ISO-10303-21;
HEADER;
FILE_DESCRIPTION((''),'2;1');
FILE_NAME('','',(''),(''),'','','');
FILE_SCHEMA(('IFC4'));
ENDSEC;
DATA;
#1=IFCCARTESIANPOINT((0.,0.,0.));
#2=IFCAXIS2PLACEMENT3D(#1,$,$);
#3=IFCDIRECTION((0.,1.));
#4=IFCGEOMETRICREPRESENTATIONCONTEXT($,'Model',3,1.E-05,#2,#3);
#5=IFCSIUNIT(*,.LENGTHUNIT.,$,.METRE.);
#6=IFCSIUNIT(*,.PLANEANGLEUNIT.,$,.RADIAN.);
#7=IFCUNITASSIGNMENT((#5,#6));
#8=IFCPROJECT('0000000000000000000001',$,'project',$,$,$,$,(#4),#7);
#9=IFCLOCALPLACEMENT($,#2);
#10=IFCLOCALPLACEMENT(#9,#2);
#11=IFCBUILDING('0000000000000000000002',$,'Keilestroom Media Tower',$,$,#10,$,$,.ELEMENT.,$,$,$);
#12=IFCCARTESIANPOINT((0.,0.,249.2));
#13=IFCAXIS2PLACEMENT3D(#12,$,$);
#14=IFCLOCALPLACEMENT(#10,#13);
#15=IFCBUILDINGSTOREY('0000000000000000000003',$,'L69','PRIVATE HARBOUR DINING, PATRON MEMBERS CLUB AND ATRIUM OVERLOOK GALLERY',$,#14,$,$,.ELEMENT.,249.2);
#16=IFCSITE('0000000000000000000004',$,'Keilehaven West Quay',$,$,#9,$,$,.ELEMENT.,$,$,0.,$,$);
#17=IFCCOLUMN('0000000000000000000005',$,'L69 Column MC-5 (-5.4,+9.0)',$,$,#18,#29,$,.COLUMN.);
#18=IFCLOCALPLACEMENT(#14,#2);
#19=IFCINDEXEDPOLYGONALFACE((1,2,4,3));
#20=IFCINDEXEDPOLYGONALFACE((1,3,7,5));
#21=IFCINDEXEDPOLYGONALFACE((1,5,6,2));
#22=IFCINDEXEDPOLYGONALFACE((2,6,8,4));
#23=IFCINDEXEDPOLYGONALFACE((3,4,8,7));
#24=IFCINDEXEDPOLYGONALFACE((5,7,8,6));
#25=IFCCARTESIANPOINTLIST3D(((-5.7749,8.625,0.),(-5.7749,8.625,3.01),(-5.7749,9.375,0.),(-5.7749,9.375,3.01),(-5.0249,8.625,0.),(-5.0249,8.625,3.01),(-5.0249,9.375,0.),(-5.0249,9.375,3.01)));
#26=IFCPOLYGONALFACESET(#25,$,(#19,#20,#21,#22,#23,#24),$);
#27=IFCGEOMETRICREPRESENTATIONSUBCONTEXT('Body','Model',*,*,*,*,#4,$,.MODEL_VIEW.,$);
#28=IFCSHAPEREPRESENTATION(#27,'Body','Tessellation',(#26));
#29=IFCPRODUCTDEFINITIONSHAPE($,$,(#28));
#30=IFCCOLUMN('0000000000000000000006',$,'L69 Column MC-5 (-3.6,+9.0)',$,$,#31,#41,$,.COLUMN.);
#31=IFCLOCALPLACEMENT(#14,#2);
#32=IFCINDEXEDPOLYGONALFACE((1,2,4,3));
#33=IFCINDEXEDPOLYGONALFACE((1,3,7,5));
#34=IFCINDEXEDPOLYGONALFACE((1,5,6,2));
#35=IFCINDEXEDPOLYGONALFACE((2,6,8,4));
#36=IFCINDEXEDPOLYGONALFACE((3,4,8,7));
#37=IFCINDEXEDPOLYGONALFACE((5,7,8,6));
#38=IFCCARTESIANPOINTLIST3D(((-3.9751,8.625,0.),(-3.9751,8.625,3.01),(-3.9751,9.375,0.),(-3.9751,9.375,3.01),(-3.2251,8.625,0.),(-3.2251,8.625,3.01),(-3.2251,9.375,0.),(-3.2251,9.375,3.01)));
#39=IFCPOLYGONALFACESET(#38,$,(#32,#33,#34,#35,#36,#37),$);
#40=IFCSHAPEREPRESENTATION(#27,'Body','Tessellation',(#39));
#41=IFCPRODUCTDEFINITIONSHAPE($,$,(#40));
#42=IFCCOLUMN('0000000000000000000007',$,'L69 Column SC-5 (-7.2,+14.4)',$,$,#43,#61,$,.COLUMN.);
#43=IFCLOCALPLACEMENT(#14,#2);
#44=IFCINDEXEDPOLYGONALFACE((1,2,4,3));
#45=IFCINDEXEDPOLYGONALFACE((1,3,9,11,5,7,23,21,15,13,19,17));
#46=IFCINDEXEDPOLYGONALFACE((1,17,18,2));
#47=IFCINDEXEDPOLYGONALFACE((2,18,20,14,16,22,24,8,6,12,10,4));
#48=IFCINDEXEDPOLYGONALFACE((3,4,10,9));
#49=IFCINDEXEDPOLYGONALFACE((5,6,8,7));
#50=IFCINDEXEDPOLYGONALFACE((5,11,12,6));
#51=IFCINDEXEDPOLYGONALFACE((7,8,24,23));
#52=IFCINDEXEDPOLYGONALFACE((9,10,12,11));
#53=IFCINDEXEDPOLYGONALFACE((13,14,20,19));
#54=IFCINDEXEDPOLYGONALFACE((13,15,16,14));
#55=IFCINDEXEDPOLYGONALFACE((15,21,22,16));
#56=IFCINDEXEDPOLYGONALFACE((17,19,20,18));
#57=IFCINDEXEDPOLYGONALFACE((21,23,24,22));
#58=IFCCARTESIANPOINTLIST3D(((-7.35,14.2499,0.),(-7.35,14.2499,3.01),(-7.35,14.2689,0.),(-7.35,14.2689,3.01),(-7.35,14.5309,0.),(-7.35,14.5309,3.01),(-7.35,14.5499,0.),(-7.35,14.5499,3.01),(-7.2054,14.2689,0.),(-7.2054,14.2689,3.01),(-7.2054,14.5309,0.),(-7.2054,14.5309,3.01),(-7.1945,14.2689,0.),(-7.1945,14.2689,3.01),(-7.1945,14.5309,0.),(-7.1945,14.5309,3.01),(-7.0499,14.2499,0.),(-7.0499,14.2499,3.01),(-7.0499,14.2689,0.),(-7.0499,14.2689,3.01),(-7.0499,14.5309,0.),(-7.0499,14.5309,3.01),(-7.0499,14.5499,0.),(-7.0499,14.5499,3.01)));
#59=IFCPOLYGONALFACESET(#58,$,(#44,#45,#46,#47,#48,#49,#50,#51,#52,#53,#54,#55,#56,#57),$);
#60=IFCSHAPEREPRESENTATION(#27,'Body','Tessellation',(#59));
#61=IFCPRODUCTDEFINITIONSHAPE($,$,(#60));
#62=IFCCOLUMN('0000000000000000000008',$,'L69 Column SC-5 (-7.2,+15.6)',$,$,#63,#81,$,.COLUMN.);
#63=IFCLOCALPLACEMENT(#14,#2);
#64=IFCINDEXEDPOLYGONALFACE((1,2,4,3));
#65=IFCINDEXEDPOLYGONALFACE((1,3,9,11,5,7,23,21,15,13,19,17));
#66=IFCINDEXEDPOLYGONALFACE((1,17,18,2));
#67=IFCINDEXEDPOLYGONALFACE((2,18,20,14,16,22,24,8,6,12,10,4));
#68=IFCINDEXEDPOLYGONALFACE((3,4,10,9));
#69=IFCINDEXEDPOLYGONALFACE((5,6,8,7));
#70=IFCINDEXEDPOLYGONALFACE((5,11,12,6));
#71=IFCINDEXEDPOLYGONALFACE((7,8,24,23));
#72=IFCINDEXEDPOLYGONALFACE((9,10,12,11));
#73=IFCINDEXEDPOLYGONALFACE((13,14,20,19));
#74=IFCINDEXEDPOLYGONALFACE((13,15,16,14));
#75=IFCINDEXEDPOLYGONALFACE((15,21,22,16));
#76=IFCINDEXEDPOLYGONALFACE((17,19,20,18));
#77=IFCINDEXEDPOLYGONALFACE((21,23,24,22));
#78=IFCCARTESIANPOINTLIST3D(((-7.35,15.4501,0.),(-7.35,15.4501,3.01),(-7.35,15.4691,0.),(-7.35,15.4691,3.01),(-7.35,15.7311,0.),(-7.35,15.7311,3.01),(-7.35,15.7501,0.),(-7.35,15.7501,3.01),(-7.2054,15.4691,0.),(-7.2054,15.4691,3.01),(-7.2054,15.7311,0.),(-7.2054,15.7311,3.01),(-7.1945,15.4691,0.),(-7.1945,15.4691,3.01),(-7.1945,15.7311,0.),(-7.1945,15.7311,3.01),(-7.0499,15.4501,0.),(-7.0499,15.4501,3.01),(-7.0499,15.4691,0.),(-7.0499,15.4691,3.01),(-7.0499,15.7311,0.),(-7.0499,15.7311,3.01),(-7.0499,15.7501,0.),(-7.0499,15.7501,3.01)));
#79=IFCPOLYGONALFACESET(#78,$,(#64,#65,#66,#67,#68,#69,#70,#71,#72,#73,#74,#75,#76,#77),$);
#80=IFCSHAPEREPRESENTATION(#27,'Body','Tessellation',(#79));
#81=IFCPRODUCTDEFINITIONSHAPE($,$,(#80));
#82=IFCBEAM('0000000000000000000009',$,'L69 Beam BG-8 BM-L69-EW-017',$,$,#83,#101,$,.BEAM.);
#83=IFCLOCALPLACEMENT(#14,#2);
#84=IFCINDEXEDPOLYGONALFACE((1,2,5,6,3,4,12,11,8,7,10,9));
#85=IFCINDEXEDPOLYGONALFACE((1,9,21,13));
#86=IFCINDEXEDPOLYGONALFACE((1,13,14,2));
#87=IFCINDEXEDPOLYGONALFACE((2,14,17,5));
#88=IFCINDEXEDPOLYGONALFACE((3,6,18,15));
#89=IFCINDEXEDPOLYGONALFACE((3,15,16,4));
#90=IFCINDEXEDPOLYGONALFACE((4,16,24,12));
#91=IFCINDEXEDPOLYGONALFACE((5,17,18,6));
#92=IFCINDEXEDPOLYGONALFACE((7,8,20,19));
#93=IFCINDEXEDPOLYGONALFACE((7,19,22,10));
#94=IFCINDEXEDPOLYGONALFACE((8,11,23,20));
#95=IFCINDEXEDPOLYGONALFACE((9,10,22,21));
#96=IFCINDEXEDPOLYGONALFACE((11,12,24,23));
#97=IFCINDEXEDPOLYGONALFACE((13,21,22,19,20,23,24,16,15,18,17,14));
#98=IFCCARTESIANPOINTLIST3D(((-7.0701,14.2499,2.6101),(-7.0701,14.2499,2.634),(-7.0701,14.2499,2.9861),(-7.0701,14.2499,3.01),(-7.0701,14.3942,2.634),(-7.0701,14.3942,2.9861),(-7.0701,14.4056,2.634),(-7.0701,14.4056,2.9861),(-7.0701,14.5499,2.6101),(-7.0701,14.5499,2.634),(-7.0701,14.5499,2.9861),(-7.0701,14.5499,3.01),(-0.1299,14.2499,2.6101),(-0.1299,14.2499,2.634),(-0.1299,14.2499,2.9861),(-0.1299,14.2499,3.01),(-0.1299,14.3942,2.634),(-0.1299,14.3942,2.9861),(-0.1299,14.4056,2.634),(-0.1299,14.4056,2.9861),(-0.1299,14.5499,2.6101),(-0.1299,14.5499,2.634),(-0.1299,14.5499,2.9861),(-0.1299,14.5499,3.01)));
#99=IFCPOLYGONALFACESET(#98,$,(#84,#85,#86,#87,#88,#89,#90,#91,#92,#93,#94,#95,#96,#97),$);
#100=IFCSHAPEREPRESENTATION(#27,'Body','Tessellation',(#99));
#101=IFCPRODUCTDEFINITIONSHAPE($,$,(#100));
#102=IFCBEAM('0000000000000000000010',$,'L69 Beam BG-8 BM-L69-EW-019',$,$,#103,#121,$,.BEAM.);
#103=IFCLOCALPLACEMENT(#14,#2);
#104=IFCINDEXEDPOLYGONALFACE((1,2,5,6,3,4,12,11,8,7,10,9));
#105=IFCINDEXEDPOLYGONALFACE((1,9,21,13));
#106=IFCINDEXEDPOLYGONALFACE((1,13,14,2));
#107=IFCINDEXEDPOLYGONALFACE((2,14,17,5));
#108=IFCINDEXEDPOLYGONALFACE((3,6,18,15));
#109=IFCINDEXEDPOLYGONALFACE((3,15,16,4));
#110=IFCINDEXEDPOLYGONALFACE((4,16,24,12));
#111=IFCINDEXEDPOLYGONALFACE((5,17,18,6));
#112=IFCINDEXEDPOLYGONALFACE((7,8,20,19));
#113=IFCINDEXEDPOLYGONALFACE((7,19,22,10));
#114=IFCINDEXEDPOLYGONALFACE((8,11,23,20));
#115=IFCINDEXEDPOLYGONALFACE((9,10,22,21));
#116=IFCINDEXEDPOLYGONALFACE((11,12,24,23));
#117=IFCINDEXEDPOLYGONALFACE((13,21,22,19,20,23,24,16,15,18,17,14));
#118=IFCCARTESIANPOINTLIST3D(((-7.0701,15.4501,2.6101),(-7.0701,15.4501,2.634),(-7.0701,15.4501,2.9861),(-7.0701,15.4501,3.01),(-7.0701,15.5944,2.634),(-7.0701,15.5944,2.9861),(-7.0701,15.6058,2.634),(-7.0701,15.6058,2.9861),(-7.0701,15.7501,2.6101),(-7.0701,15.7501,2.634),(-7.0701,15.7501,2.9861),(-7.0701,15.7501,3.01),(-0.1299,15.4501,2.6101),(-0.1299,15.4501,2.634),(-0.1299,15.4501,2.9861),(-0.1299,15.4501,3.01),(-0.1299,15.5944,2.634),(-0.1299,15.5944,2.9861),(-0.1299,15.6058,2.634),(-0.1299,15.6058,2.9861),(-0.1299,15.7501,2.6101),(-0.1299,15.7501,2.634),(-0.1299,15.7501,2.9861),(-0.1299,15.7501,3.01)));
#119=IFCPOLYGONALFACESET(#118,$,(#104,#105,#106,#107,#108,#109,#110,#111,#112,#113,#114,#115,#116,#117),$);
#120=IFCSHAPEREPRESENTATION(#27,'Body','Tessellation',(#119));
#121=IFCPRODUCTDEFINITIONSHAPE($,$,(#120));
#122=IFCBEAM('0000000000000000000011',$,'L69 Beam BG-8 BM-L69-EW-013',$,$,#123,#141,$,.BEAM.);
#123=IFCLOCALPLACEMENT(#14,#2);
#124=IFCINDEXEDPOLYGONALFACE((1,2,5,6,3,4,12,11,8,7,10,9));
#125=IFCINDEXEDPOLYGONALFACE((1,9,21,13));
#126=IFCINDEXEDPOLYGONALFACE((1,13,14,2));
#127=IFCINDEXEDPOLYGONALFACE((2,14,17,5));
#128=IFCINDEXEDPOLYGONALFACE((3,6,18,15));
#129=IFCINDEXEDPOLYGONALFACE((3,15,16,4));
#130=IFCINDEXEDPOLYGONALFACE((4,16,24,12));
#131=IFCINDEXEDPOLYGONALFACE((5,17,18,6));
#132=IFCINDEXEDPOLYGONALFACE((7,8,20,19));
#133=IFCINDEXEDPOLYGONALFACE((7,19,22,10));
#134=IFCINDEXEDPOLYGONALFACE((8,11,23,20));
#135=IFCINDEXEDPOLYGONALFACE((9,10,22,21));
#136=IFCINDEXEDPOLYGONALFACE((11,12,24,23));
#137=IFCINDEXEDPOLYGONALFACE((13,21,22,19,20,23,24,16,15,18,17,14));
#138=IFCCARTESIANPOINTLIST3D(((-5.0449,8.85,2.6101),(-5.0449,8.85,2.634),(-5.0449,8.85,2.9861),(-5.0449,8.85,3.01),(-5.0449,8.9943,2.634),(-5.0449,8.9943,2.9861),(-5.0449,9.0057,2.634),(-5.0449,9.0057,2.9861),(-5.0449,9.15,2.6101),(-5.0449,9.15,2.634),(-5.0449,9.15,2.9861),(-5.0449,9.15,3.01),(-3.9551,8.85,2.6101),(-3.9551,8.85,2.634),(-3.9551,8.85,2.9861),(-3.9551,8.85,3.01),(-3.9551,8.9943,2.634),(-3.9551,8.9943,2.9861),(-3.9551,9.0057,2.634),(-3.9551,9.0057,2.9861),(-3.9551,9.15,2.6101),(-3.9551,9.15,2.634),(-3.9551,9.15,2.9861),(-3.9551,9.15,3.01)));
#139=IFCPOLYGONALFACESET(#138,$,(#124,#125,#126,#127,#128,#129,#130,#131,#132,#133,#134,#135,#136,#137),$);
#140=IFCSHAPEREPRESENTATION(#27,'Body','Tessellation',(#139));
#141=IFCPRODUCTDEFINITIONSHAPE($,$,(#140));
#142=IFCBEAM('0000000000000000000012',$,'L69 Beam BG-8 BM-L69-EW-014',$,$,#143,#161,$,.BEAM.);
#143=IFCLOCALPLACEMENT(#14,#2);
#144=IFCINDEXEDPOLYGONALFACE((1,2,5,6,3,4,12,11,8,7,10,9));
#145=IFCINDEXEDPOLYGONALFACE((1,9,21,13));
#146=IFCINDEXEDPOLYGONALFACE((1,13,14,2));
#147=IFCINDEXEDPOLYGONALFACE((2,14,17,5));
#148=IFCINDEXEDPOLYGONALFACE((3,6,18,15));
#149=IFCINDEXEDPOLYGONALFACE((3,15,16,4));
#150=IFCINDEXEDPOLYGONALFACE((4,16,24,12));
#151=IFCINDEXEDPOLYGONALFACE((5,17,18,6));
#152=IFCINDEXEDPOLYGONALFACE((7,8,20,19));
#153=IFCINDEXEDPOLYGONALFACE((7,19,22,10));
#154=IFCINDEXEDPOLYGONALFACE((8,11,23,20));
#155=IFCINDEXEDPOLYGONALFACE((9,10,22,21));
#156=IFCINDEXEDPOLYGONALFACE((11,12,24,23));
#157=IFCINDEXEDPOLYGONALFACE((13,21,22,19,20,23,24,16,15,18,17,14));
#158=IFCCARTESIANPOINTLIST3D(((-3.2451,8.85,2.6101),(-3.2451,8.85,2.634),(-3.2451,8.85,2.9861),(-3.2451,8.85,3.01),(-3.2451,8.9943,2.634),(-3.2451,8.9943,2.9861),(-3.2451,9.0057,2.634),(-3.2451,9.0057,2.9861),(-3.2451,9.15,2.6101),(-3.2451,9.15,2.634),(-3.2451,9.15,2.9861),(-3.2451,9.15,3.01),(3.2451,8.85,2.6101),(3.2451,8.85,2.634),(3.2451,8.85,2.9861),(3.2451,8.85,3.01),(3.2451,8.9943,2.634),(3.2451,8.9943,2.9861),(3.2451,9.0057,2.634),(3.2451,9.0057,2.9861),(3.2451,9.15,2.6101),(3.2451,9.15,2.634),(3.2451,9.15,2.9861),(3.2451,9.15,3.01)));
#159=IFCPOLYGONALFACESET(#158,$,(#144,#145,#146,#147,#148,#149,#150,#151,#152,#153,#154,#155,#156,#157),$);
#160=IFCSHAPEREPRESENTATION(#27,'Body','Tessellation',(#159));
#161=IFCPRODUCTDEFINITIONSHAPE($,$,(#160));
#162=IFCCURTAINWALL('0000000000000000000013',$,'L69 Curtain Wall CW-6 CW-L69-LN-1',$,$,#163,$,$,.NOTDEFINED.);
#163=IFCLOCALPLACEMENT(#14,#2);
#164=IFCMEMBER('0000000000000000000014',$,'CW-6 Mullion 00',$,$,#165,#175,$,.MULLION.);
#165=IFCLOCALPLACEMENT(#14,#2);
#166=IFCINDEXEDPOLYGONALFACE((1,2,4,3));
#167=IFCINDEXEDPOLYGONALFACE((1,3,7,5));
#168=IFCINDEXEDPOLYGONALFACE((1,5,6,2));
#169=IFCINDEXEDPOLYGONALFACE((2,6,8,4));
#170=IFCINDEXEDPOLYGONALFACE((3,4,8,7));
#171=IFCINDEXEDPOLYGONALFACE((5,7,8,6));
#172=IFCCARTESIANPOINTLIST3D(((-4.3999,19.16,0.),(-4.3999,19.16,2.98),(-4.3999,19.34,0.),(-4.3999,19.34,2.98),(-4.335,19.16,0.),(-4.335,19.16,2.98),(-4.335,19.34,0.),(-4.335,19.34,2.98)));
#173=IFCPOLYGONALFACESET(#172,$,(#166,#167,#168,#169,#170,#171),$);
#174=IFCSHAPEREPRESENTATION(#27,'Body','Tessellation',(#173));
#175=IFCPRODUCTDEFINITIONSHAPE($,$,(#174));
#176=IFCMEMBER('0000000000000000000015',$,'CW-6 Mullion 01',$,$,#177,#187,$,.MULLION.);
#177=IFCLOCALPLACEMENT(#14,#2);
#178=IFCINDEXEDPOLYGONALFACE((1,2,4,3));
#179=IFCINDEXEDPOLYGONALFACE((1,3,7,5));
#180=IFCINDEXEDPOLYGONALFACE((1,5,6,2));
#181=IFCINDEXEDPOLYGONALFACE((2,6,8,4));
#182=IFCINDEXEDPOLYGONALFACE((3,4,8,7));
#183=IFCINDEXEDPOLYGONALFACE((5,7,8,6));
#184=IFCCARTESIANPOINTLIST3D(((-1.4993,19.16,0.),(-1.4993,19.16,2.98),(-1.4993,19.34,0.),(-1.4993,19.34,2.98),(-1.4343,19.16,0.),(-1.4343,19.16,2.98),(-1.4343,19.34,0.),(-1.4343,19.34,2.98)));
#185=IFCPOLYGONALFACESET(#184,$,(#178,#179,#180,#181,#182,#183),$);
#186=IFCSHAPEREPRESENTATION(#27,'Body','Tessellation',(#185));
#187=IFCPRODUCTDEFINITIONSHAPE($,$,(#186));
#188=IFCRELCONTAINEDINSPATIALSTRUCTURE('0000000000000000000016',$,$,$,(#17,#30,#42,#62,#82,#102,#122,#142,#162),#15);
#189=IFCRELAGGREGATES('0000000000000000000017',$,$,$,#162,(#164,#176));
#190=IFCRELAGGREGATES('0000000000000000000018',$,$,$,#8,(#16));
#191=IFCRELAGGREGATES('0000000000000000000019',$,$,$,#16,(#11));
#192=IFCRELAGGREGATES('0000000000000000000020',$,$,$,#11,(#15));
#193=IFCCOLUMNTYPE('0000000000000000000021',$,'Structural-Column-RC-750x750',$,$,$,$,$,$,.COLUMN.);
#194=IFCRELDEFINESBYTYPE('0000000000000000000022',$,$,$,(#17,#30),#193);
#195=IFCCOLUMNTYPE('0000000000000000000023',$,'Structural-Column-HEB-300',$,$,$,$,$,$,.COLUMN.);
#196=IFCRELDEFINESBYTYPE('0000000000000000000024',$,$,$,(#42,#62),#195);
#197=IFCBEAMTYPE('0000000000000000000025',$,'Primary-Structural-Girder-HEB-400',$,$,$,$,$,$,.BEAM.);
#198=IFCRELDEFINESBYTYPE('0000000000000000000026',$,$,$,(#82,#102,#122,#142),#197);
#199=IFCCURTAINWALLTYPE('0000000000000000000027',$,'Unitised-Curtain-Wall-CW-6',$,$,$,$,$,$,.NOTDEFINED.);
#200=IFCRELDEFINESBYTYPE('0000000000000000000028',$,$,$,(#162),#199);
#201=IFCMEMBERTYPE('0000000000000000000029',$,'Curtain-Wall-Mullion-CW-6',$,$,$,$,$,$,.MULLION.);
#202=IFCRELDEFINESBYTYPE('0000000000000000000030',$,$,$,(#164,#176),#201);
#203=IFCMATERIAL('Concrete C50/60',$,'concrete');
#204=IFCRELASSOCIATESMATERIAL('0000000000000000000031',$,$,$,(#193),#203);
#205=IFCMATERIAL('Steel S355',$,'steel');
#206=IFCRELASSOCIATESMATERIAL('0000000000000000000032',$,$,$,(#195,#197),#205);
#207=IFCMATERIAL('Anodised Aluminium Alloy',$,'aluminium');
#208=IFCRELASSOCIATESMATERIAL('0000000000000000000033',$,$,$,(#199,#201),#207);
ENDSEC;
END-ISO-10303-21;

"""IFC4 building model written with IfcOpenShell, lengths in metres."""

from ifc_helpers import new_model, si_unit, direction, frame, origin, origin_2d, place, context, subcontext, project, spatial, rectangle, i_section, extrude, source, transform, mapped, material, material_profile, profile_set, type_object, element, aggregate, save


model = new_model("IFC4")

# Units and contexts
model_context = context("Model", 3, precision=1e-05, world=origin(), true_north=direction((0.0, 1.0)))
body_context = subcontext(model_context, "Body", "Model", "MODEL_VIEW")
ifc_project = project(units=[si_unit("LENGTHUNIT", "METRE"), si_unit("PLANEANGLEUNIT", "RADIAN")], contexts=[model_context])

# Site, building, storey
site_placement = place(None, origin())
site = spatial("IfcSite", under=ifc_project, at=site_placement, Name="Keilehaven West Quay", CompositionType="ELEMENT", RefElevation=0.0)
building_placement = place(site_placement, origin())
building = spatial("IfcBuilding", under=site, at=building_placement, Name="Keilestroom Media Tower", CompositionType="ELEMENT")
storey_placement = place(building_placement, frame((0.0, 0.0, 249.2)))
storey = spatial("IfcBuildingStorey", under=building, at=storey_placement, Name="L69", Description="PRIVATE HARBOUR DINING, PATRON MEMBERS CLUB AND ATRIUM OVERLOOK GALLERY", CompositionType="ELEMENT", Elevation=249.2)

# Columns
ifc_material_1 = material(Name="Concrete C50/60", Category="concrete")
ifc_material_profile_1 = material_profile(ifc_material_1, rectangle(XDim=0.75, YDim=0.75, at=origin_2d()), Name="RC 750x750")
ifc_profile_set_1 = profile_set([ifc_material_profile_1], Name="Concrete C50/60")
column_type_1 = type_object("IfcColumnType", Name="Structural-Column-RC-750x750", PredefinedType="COLUMN", material=ifc_profile_set_1)
shared_shape_1 = source(origin(), body_context, "Body", "SweptSolid", [
    extrude(rectangle(XDim=0.75, YDim=0.75, at=origin_2d()), origin(), (0.0, 0.0, 1.0), 3.01),
])
for number, where, z_axis, x_axis, name in (
    (1, (-5.3999, 9.0, 0.0), (0.0, 0.0, 1.0), (1.0, 0.0, 0.0), "L69 Column MC-5 (-5.4,+9.0)"),
    (2, (-3.6001, 9.0, 0.0), (0.0, 0.0, 1.0), (1.0, 0.0, 0.0), "L69 Column MC-5 (-3.6,+9.0)"),
):
    element("IfcColumn", number, at=place(storey_placement, frame(where, z_axis=z_axis, x_axis=x_axis)), inside=storey, type_object=column_type_1, Name=name, PredefinedType="COLUMN", context=body_context, shape_type="MappedRepresentation", body=[
        mapped(shared_shape_1, transform((0.0, 0.0, 0.0), x_axis=(1.0, 0.0, 0.0), y_axis=(0.0, 1.0, 0.0), z_axis=(0.0, 0.0, 1.0), scale=1.0)),
    ])
ifc_material_2 = material(Name="Steel S355", Category="steel")
ifc_material_profile_2 = material_profile(ifc_material_2, i_section(OverallWidth=0.3, OverallDepth=0.3, WebThickness=0.011, FlangeThickness=0.019, at=origin_2d()), Name="HEB 300")
ifc_profile_set_2 = profile_set([ifc_material_profile_2], Name="Steel S355")
column_type_2 = type_object("IfcColumnType", Name="Structural-Column-HEB-300", PredefinedType="COLUMN", material=ifc_profile_set_2)
shared_shape_2 = source(origin(), body_context, "Body", "SweptSolid", [
    extrude(i_section(OverallWidth=0.3, OverallDepth=0.3, WebThickness=0.011, FlangeThickness=0.019, at=origin_2d()), origin(), (0.0, 0.0, 1.0), 3.01),
])
for number, where, z_axis, x_axis, name in (
    (3, (-7.2, 14.3999, 0.0), (0.0, 0.0, 1.0), (1.0, 0.0, 0.0), "L69 Column SC-5 (-7.2,+14.4)"),
    (4, (-7.2, 15.6001, 0.0), (0.0, 0.0, 1.0), (1.0, 0.0, 0.0), "L69 Column SC-5 (-7.2,+15.6)"),
):
    element("IfcColumn", number, at=place(storey_placement, frame(where, z_axis=z_axis, x_axis=x_axis)), inside=storey, type_object=column_type_2, Name=name, PredefinedType="COLUMN", context=body_context, shape_type="MappedRepresentation", body=[
        mapped(shared_shape_2, transform((0.0, 0.0, 0.0), x_axis=(1.0, 0.0, 0.0), y_axis=(0.0, 1.0, 0.0), z_axis=(0.0, 0.0, 1.0), scale=1.0)),
    ])

# Beams
ifc_material_profile_3 = material_profile(ifc_material_2, i_section(OverallWidth=0.3, OverallDepth=0.3999, WebThickness=0.0115, FlangeThickness=0.0239, at=origin_2d()), Name="HEB 400")
ifc_profile_set_3 = profile_set([ifc_material_profile_3], Name="Steel S355")
beam_type = type_object("IfcBeamType", Name="Primary-Structural-Girder-HEB-400", PredefinedType="BEAM", material=ifc_profile_set_3)
shared_shape_3 = source(origin(), body_context, "Body", "SweptSolid", [
    extrude(i_section(OverallWidth=0.3, OverallDepth=0.3999, WebThickness=0.0115, FlangeThickness=0.0239, at=origin_2d()), origin(), (0.0, 0.0, 1.0), 6.9402),
])
for number, where, z_axis, x_axis, name in (
    (5, (-7.0701, 14.3999, 2.8101), (1.0, 0.0, 0.0), (0.0, 1.0, 0.0), "L69 Beam BG-8 BM-L69-EW-017"),
    (6, (-7.0701, 15.6001, 2.8101), (1.0, 0.0, 0.0), (0.0, 1.0, 0.0), "L69 Beam BG-8 BM-L69-EW-019"),
):
    element("IfcBeam", number, at=place(storey_placement, frame(where, z_axis=z_axis, x_axis=x_axis)), inside=storey, type_object=beam_type, Name=name, PredefinedType="BEAM", context=body_context, shape_type="MappedRepresentation", body=[
        mapped(shared_shape_3, transform((0.0, 0.0, 0.0), x_axis=(1.0, 0.0, 0.0), y_axis=(0.0, 1.0, 0.0), z_axis=(0.0, 0.0, 1.0), scale=1.0)),
    ])
shared_shape_4 = source(origin(), body_context, "Body", "SweptSolid", [
    extrude(i_section(OverallWidth=0.3, OverallDepth=0.3999, WebThickness=0.0115, FlangeThickness=0.0239, at=origin_2d()), origin(), (0.0, 0.0, 1.0), 1.0898),
])
beam_1_placement = place(storey_placement, frame((-5.0449, 9.0, 2.8101), z_axis=(1.0, 0.0, 0.0), x_axis=(0.0, 1.0, 0.0)))
element("IfcBeam", 7, at=beam_1_placement, inside=storey, type_object=beam_type, Name="L69 Beam BG-8 BM-L69-EW-013", PredefinedType="BEAM", context=body_context, shape_type="MappedRepresentation", body=[
    mapped(shared_shape_4, transform((0.0, 0.0, 0.0), x_axis=(1.0, 0.0, 0.0), y_axis=(0.0, 1.0, 0.0), z_axis=(0.0, 0.0, 1.0), scale=1.0)),
])
shared_shape_5 = source(origin(), body_context, "Body", "SweptSolid", [
    extrude(i_section(OverallWidth=0.3, OverallDepth=0.3999, WebThickness=0.0115, FlangeThickness=0.0239, at=origin_2d()), origin(), (0.0, 0.0, 1.0), 6.4902),
])
beam_2_placement = place(storey_placement, frame((-3.2451, 9.0, 2.8101), z_axis=(1.0, 0.0, 0.0), x_axis=(0.0, 1.0, 0.0)))
element("IfcBeam", 8, at=beam_2_placement, inside=storey, type_object=beam_type, Name="L69 Beam BG-8 BM-L69-EW-014", PredefinedType="BEAM", context=body_context, shape_type="MappedRepresentation", body=[
    mapped(shared_shape_5, transform((0.0, 0.0, 0.0), x_axis=(1.0, 0.0, 0.0), y_axis=(0.0, 1.0, 0.0), z_axis=(0.0, 0.0, 1.0), scale=1.0)),
])

# Curtain wall, members
ifc_material_3 = material(Name="Anodised Aluminium Alloy", Category="aluminium")
curtain_wall_type = type_object("IfcCurtainWallType", Name="Unitised-Curtain-Wall-CW-6", PredefinedType="NOTDEFINED", material=ifc_material_3)
curtain_wall_placement = place(storey_placement, origin())
curtain_wall = element("IfcCurtainWall", 9, at=curtain_wall_placement, inside=storey, type_object=curtain_wall_type, Name="L69 Curtain Wall CW-6 CW-L69-LN-1", PredefinedType="NOTDEFINED")
ifc_material_profile_4 = material_profile(ifc_material_3, rectangle(XDim=0.0649, YDim=0.1799, at=origin_2d()), Name="ALU MULLION 65x180")
ifc_profile_set_4 = profile_set([ifc_material_profile_4], Name="Anodised Aluminium Alloy")
member_type_1 = type_object("IfcMemberType", Name="Curtain-Wall-Mullion-CW-6", PredefinedType="MULLION", material=ifc_profile_set_4)
shared_shape_6 = source(origin(), body_context, "Body", "SweptSolid", [
    extrude(rectangle(XDim=0.0649, YDim=0.1799, at=origin_2d()), origin(), (0.0, 0.0, 1.0), 2.98),
])
member_1_placement = place(storey_placement, frame((-4.3674, 19.25, 0.0), z_axis=(0.0, 0.0, 1.0), x_axis=(1.0, 0.0, 0.0)))
member_1 = element("IfcMember", 10, at=member_1_placement, type_object=member_type_1, Name="CW-6 Mullion 00", PredefinedType="MULLION", context=body_context, shape_type="MappedRepresentation", body=[
    mapped(shared_shape_6, transform((0.0, 0.0, 0.0), x_axis=(1.0, 0.0, 0.0), y_axis=(0.0, 1.0, 0.0), z_axis=(0.0, 0.0, 1.0), scale=1.0)),
])
member_2_placement = place(storey_placement, frame((-1.4668, 19.25, 0.0), z_axis=(0.0, 0.0, 1.0), x_axis=(1.0, 0.0, 0.0)))
member_2 = element("IfcMember", 11, at=member_2_placement, type_object=member_type_1, Name="CW-6 Mullion 01", PredefinedType="MULLION", context=body_context, shape_type="MappedRepresentation", body=[
    mapped(shared_shape_6, transform((0.0, 0.0, 0.0), x_axis=(1.0, 0.0, 0.0), y_axis=(0.0, 1.0, 0.0), z_axis=(0.0, 0.0, 1.0), scale=1.0)),
])
aggregate(curtain_wall, [member_1, member_2])

save(model, "model.ifc")
